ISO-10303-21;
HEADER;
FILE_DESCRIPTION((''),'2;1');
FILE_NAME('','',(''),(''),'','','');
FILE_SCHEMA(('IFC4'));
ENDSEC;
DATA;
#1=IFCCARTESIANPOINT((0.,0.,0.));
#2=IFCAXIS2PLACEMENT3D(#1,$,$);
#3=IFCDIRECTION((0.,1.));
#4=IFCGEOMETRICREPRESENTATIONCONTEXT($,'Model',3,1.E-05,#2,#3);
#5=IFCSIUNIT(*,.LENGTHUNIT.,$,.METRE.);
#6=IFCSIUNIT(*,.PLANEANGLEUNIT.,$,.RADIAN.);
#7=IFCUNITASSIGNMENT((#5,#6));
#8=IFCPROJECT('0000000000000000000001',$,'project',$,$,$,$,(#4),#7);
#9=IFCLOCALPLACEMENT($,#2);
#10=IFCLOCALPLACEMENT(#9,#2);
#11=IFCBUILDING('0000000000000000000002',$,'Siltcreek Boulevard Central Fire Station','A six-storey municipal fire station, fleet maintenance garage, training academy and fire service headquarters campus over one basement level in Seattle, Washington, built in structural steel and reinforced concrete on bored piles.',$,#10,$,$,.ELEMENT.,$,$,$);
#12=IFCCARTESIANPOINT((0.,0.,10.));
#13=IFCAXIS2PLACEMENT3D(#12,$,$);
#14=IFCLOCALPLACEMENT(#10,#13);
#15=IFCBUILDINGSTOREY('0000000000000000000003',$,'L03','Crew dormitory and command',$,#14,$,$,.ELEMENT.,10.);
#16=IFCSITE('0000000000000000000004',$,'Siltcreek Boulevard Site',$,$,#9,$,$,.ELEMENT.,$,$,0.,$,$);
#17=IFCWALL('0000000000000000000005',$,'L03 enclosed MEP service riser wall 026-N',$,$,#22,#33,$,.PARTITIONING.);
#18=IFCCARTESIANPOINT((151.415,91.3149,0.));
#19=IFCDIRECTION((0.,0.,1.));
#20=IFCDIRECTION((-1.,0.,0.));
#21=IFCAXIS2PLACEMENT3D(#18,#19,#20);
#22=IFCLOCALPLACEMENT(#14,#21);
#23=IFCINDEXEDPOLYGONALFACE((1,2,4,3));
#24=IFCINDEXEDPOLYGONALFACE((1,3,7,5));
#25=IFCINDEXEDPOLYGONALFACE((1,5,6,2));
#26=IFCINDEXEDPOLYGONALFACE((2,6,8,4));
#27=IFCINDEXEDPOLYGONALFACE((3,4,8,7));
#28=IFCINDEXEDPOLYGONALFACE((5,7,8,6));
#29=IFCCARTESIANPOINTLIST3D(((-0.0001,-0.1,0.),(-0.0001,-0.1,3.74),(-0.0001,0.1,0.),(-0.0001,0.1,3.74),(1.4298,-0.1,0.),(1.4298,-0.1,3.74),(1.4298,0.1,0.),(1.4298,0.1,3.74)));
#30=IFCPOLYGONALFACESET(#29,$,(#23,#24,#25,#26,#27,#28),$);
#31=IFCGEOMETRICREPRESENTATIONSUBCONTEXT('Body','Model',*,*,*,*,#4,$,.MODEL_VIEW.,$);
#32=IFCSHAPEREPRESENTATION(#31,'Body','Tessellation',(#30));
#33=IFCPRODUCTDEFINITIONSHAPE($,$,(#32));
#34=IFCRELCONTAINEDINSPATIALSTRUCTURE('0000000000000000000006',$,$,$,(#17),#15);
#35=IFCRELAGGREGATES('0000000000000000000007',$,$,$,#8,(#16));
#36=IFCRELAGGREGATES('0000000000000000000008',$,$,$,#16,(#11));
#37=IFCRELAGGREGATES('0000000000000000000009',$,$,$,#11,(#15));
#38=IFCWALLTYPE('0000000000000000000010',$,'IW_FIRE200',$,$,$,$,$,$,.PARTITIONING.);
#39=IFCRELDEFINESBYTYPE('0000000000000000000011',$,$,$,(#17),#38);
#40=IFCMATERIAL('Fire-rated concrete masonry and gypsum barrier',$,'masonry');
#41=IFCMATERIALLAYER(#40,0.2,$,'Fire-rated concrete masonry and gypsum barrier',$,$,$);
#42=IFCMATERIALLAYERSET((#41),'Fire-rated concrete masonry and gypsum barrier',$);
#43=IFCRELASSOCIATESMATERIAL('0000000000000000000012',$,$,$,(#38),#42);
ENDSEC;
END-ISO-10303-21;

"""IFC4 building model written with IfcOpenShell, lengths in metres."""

from ifc_helpers import new_model, si_unit, direction, frame, frame_2d, origin, place, context, subcontext, project, spatial, rectangle, extrude, material, layer, layer_set, type_object, element, save


model = new_model("IFC4")

# Units and contexts
model_context = context("Model", 3, precision=1e-05, world=origin(), true_north=direction((0.0, 1.0)))
body_context = subcontext(model_context, "Body", "Model", "MODEL_VIEW")
ifc_project = project(units=[si_unit("LENGTHUNIT", "METRE"), si_unit("PLANEANGLEUNIT", "RADIAN")], contexts=[model_context])

# Site, building, storey
site_placement = place(None, origin())
site = spatial("IfcSite", under=ifc_project, at=site_placement, Name="Siltcreek Boulevard Site", CompositionType="ELEMENT", RefElevation=0.0)
building_placement = place(site_placement, origin())
building = spatial("IfcBuilding", under=site, at=building_placement, Name="Siltcreek Boulevard Central Fire Station", Description="A six-storey municipal fire station, fleet maintenance garage, training academy and fire service headquarters campus over one basement level in Seattle, Washington, built in structural steel and reinforced concrete on bored piles.", CompositionType="ELEMENT")
storey_placement = place(building_placement, frame((0.0, 0.0, 10.0)))
storey = spatial("IfcBuildingStorey", under=building, at=storey_placement, Name="L03", Description="Crew dormitory and command", CompositionType="ELEMENT", Elevation=10.0)

# Wall
ifc_material_1 = material(Name="Fire-rated concrete masonry and gypsum barrier", Category="masonry")
ifc_layer_1 = layer(ifc_material_1, 0.2, Name="Fire-rated concrete masonry and gypsum barrier")
ifc_layer_set_1 = layer_set([ifc_layer_1], Name="Fire-rated concrete masonry and gypsum barrier")
wall_type_1 = type_object("IfcWallType", Name="IW_FIRE200", PredefinedType="PARTITIONING", material=ifc_layer_set_1)
wall_1_placement = place(storey_placement, frame((151.415, 91.3149, 0.0), z_axis=(0.0, 0.0, 1.0), x_axis=(-1.0, 0.0, 0.0)))
element("IfcWall", 1, at=wall_1_placement, inside=storey, type_object=wall_type_1, Name="L03 enclosed MEP service riser wall 026-N", PredefinedType="PARTITIONING", context=body_context, shape_type="SweptSolid", body=[
    extrude(rectangle(XDim=1.4299, YDim=0.2, at=frame_2d((0.7148, 0.0))), origin(), (0.0, 0.0, 1.0), 3.74),
])

save(model, "model.ifc")
